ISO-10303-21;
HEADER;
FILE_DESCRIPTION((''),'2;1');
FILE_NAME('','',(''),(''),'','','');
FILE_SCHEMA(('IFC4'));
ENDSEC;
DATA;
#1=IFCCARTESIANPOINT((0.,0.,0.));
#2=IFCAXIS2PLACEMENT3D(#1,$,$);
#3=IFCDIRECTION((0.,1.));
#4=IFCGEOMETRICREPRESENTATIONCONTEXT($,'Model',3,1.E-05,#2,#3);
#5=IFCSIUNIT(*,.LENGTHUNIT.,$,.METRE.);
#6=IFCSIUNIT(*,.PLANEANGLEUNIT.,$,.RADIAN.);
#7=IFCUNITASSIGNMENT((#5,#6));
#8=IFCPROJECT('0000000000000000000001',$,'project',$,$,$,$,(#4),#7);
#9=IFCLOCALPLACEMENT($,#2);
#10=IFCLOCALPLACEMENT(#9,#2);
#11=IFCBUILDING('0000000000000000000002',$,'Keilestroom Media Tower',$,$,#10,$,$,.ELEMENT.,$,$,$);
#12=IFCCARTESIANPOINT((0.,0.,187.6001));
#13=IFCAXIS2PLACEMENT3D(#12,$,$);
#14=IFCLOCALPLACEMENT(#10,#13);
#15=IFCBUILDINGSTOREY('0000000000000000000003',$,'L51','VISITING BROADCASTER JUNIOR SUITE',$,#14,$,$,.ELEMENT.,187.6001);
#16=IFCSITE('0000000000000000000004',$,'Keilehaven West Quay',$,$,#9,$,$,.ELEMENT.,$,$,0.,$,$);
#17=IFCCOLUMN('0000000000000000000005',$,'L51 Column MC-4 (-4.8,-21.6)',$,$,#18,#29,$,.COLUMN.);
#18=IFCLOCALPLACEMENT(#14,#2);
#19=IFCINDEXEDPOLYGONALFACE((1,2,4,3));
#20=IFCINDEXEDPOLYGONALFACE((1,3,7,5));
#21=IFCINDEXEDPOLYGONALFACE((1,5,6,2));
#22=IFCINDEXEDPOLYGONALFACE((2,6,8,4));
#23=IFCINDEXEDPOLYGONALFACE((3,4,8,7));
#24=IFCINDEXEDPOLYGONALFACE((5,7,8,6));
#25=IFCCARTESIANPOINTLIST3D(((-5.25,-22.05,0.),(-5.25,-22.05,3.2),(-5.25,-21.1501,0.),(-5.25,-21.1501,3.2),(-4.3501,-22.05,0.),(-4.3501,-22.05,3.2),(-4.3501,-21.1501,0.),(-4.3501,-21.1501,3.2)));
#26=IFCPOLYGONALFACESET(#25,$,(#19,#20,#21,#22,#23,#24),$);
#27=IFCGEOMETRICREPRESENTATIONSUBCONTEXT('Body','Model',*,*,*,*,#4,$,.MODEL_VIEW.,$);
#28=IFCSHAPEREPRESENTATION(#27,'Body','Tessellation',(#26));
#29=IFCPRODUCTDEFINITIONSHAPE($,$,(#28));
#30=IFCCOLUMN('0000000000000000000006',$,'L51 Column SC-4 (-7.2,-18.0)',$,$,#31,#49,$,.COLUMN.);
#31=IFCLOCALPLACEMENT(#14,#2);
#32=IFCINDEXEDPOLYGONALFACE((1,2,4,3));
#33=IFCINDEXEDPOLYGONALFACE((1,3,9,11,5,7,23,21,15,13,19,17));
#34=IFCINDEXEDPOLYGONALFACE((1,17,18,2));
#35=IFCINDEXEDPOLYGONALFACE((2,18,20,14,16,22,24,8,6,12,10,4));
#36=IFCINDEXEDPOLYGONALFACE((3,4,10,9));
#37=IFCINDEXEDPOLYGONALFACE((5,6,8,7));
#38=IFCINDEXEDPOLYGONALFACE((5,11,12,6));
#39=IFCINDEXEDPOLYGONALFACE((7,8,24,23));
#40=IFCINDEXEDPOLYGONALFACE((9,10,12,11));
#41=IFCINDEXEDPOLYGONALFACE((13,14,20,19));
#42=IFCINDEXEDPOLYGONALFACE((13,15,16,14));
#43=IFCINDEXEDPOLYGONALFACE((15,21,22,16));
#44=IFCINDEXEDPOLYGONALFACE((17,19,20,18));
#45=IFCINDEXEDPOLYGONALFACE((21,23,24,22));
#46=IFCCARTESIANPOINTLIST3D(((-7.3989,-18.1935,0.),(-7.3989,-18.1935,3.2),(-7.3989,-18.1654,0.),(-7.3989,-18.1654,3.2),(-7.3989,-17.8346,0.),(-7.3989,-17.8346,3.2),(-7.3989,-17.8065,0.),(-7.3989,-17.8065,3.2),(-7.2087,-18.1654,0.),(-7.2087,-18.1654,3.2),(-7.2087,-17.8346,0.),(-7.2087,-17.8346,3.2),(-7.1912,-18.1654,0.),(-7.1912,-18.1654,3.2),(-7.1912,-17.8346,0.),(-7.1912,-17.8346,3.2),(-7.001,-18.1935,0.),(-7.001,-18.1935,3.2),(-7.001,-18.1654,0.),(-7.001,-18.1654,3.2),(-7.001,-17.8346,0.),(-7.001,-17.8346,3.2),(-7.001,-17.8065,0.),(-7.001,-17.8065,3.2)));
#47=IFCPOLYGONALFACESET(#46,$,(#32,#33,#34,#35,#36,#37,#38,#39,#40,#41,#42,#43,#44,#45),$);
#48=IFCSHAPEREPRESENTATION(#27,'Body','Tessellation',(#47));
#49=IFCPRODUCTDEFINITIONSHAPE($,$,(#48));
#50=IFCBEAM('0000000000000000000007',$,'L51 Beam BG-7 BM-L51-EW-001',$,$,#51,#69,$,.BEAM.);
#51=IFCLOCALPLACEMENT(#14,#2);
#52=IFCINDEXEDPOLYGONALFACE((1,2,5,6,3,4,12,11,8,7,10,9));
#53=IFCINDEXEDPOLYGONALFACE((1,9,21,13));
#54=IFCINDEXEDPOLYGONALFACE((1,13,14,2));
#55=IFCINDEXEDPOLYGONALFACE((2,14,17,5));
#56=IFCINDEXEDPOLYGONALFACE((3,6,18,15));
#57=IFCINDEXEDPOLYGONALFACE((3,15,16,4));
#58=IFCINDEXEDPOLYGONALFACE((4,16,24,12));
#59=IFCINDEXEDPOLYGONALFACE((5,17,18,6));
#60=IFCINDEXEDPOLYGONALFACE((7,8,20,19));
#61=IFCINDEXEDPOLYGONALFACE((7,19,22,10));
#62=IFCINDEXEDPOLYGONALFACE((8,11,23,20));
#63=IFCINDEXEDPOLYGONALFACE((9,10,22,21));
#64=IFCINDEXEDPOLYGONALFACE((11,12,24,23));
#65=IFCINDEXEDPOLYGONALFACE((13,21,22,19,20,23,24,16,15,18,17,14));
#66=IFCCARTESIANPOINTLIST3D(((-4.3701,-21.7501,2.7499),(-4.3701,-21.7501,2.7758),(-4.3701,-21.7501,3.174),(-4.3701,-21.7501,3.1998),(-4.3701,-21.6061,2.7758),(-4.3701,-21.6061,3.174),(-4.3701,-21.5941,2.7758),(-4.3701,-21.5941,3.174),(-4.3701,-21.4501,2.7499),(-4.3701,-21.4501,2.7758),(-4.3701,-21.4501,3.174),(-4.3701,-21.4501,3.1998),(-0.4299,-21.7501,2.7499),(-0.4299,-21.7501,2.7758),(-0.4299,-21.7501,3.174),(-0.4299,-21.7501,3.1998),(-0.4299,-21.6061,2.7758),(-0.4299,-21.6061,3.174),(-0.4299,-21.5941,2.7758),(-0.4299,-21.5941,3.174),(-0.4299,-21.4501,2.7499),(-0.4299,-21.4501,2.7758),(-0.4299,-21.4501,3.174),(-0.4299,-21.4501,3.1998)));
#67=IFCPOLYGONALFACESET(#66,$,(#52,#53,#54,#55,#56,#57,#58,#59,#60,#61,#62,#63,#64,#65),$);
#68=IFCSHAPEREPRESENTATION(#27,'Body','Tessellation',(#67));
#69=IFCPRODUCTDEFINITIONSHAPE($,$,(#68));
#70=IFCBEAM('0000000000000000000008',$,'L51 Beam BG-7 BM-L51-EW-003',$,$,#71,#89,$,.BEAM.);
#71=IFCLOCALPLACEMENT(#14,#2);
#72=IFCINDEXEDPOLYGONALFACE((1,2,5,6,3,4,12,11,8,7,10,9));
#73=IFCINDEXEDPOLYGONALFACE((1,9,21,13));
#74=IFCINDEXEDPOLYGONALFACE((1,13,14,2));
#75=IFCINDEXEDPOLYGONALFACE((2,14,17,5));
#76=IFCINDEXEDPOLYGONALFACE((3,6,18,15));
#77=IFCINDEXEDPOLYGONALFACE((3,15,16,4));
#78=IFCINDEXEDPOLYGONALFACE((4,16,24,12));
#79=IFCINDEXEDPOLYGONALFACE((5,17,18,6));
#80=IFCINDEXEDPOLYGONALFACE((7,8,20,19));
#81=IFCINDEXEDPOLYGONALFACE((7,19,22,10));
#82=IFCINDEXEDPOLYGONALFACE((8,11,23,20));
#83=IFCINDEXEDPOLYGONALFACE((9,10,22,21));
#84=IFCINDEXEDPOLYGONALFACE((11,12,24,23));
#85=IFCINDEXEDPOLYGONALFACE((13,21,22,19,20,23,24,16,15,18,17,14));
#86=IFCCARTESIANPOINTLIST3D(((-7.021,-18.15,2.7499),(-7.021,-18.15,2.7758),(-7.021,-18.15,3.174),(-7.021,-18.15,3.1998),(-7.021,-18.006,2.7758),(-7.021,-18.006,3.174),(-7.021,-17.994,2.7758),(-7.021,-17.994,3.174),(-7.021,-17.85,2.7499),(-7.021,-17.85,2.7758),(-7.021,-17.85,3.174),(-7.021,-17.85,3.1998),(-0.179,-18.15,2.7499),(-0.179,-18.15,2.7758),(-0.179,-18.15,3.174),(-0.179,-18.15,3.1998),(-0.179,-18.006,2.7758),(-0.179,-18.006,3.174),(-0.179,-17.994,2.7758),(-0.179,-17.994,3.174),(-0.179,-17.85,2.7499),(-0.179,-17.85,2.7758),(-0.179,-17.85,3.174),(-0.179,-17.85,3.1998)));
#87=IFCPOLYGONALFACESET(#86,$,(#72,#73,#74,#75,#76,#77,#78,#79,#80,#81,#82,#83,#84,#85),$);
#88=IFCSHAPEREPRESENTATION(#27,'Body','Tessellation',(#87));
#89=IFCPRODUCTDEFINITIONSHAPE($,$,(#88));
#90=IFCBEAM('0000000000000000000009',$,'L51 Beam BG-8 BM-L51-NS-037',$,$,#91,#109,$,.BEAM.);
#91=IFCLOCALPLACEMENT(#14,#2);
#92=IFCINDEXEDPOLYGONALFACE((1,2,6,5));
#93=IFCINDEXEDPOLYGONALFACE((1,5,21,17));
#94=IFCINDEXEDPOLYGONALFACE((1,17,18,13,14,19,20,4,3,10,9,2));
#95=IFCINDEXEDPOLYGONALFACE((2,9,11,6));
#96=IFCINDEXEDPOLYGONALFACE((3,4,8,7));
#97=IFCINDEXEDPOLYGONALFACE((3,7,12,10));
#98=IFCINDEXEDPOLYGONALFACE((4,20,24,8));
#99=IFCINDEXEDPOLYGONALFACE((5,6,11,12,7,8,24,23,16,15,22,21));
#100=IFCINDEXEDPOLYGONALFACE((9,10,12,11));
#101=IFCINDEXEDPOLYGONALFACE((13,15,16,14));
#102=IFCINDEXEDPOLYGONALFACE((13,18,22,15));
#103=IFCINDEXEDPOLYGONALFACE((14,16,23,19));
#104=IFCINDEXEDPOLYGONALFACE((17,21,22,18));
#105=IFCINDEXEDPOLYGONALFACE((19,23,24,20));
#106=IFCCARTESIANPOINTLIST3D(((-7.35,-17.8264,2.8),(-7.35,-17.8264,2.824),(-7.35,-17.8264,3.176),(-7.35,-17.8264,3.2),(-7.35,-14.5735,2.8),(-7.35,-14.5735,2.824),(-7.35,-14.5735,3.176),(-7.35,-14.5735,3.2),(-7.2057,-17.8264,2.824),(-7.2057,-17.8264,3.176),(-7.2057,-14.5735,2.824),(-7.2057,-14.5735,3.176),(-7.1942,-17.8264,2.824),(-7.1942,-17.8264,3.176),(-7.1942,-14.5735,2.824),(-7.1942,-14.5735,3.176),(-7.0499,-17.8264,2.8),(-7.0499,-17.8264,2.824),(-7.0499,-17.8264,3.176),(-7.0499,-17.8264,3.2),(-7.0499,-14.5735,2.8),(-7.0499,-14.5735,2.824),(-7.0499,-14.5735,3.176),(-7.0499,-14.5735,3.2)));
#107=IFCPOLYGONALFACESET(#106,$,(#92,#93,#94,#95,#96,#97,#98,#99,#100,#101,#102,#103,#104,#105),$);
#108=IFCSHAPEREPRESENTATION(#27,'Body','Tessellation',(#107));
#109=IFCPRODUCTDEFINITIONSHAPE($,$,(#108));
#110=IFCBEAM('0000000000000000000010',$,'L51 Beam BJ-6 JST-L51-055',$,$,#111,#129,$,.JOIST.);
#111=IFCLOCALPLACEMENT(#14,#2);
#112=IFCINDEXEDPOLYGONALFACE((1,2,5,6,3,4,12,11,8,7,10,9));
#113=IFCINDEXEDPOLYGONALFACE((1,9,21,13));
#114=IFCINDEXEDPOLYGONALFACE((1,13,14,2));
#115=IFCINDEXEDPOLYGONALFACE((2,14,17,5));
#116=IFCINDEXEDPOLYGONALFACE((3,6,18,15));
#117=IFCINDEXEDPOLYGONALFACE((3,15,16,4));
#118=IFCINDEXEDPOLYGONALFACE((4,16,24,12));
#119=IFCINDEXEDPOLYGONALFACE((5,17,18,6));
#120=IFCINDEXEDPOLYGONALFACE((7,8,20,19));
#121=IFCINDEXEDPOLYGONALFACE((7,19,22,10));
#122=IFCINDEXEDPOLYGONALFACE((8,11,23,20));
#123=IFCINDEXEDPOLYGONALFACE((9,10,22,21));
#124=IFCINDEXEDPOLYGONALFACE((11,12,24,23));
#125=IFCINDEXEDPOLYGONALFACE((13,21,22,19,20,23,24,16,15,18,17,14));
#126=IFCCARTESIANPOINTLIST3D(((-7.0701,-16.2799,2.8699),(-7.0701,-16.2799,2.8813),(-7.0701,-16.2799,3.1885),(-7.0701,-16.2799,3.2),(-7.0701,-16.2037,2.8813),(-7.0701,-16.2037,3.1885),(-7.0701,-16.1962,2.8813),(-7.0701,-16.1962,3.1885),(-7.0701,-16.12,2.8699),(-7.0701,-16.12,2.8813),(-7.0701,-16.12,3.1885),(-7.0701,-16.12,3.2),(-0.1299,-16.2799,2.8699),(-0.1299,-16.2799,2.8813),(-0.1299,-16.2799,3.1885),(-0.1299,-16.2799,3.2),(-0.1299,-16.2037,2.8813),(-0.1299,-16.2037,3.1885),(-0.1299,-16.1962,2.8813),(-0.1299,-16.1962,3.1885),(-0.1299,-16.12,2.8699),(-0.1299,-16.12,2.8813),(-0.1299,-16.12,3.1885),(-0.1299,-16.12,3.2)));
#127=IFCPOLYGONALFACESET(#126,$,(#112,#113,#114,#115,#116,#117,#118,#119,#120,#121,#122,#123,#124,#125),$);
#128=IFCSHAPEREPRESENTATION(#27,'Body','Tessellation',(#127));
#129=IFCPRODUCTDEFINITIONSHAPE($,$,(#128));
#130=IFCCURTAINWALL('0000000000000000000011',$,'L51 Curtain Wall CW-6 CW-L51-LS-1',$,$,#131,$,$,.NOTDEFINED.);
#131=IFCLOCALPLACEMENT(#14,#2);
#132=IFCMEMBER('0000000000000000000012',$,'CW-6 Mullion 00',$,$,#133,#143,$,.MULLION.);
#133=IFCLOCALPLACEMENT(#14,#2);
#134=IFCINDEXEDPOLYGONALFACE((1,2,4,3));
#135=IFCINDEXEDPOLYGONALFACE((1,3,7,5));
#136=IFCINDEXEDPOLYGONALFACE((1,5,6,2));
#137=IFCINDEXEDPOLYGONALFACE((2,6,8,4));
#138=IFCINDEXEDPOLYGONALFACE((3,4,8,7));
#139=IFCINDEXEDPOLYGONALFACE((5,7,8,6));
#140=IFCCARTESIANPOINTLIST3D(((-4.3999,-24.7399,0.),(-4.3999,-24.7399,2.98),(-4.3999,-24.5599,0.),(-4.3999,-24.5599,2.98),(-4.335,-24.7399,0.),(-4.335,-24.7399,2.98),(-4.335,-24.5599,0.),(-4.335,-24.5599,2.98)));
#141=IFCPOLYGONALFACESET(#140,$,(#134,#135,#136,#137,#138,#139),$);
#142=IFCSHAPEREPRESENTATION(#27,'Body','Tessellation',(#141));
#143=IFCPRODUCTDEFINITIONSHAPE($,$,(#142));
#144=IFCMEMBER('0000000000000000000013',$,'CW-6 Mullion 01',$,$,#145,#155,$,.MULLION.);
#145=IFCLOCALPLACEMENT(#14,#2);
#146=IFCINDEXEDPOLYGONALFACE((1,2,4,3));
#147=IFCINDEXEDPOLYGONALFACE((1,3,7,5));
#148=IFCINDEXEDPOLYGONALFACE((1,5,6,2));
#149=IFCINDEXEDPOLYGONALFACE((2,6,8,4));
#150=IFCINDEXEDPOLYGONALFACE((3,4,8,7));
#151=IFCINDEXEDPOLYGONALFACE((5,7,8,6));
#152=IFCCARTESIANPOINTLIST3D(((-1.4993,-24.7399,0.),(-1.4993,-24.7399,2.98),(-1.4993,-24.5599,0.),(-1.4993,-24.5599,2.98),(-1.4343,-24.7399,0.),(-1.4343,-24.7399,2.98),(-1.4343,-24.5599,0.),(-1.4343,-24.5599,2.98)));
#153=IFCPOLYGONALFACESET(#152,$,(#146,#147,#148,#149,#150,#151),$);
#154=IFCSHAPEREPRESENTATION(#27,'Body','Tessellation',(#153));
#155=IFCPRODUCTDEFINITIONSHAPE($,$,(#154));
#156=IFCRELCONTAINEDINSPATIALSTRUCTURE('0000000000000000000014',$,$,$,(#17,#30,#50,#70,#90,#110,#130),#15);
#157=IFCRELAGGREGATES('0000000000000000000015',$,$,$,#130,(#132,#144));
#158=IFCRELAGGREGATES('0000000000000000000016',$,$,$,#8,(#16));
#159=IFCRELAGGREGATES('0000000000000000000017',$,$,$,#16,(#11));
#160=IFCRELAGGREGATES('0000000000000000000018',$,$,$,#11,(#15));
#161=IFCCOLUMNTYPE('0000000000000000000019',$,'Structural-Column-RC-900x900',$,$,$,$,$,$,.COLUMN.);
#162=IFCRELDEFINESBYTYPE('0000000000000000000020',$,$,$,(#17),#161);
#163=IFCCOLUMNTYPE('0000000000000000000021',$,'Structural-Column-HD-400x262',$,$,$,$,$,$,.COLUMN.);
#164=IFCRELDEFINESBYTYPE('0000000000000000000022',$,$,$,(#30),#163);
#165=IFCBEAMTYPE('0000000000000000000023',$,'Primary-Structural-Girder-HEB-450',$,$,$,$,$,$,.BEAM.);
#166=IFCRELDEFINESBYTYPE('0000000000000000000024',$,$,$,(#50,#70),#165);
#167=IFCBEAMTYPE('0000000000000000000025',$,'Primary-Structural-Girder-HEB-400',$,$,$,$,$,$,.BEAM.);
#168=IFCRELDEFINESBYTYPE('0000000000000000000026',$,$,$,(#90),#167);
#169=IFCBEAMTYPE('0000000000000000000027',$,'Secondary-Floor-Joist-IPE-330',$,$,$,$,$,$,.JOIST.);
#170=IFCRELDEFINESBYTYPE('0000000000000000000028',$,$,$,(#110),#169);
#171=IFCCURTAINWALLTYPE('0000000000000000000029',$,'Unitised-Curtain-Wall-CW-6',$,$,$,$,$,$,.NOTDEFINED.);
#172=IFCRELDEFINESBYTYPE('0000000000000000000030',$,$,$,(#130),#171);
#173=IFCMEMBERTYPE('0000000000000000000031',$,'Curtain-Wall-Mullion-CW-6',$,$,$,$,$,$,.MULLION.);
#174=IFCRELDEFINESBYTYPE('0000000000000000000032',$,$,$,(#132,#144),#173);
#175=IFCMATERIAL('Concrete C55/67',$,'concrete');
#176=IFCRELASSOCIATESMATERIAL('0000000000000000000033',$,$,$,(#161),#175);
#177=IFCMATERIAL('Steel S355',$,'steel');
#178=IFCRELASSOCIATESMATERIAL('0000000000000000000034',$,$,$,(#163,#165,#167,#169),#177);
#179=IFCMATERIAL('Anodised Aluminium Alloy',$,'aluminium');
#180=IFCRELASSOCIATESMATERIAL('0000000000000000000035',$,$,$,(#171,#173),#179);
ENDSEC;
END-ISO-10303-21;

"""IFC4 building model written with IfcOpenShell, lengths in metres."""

from ifc_helpers import new_model, si_unit, direction, frame, origin, origin_2d, place, context, subcontext, project, spatial, rectangle, i_section, extrude, source, transform, mapped, material, material_profile, profile_set, type_object, element, aggregate, save


model = new_model("IFC4")

# Units and contexts
model_context = context("Model", 3, precision=1e-05, world=origin(), true_north=direction((0.0, 1.0)))
body_context = subcontext(model_context, "Body", "Model", "MODEL_VIEW")
ifc_project = project(units=[si_unit("LENGTHUNIT", "METRE"), si_unit("PLANEANGLEUNIT", "RADIAN")], contexts=[model_context])

# Site, building, storey
site_placement = place(None, origin())
site = spatial("IfcSite", under=ifc_project, at=site_placement, Name="Keilehaven West Quay", CompositionType="ELEMENT", RefElevation=0.0)
building_placement = place(site_placement, origin())
building = spatial("IfcBuilding", under=site, at=building_placement, Name="Keilestroom Media Tower", CompositionType="ELEMENT")
storey_placement = place(building_placement, frame((0.0, 0.0, 187.6001)))
storey = spatial("IfcBuildingStorey", under=building, at=storey_placement, Name="L51", Description="VISITING BROADCASTER JUNIOR SUITE", CompositionType="ELEMENT", Elevation=187.6001)

# Columns
ifc_material_1 = material(Name="Concrete C55/67", Category="concrete")
ifc_material_profile_1 = material_profile(ifc_material_1, rectangle(XDim=0.8999, YDim=0.8999, at=origin_2d()), Name="RC 900x900")
ifc_profile_set_1 = profile_set([ifc_material_profile_1], Name="Concrete C55/67")
column_type_1 = type_object("IfcColumnType", Name="Structural-Column-RC-900x900", PredefinedType="COLUMN", material=ifc_profile_set_1)
shared_shape_1 = source(origin(), body_context, "Body", "SweptSolid", [
    extrude(rectangle(XDim=0.8999, YDim=0.8999, at=origin_2d()), origin(), (0.0, 0.0, 1.0), 3.2),
])
column_1_placement = place(storey_placement, frame((-4.8, -21.6001, 0.0), z_axis=(0.0, 0.0, 1.0), x_axis=(1.0, 0.0, 0.0)))
element("IfcColumn", 1, at=column_1_placement, inside=storey, type_object=column_type_1, Name="L51 Column MC-4 (-4.8,-21.6)", PredefinedType="COLUMN", context=body_context, shape_type="MappedRepresentation", body=[
    mapped(shared_shape_1, transform((0.0, 0.0, 0.0), x_axis=(1.0, 0.0, 0.0), y_axis=(0.0, 1.0, 0.0), z_axis=(0.0, 0.0, 1.0), scale=1.0)),
])
ifc_material_2 = material(Name="Steel S355", Category="steel")
ifc_material_profile_2 = material_profile(ifc_material_2, i_section(OverallWidth=0.3979, OverallDepth=0.387, WebThickness=0.0176, FlangeThickness=0.0281, at=origin_2d()), Name="HD 400x262")
ifc_profile_set_2 = profile_set([ifc_material_profile_2], Name="Steel S355")
column_type_2 = type_object("IfcColumnType", Name="Structural-Column-HD-400x262", PredefinedType="COLUMN", material=ifc_profile_set_2)
shared_shape_2 = source(origin(), body_context, "Body", "SweptSolid", [
    extrude(i_section(OverallWidth=0.3979, OverallDepth=0.387, WebThickness=0.0176, FlangeThickness=0.0281, at=origin_2d()), origin(), (0.0, 0.0, 1.0), 3.2),
])
column_2_placement = place(storey_placement, frame((-7.2, -18.0, 0.0), z_axis=(0.0, 0.0, 1.0), x_axis=(1.0, 0.0, 0.0)))
element("IfcColumn", 2, at=column_2_placement, inside=storey, type_object=column_type_2, Name="L51 Column SC-4 (-7.2,-18.0)", PredefinedType="COLUMN", context=body_context, shape_type="MappedRepresentation", body=[
    mapped(shared_shape_2, transform((0.0, 0.0, 0.0), x_axis=(1.0, 0.0, 0.0), y_axis=(0.0, 1.0, 0.0), z_axis=(0.0, 0.0, 1.0), scale=1.0)),
])

# Beams
ifc_material_profile_3 = material_profile(ifc_material_2, i_section(OverallWidth=0.3, OverallDepth=0.45, WebThickness=0.012, FlangeThickness=0.0259, at=origin_2d()), Name="HEB 450")
ifc_profile_set_3 = profile_set([ifc_material_profile_3], Name="Steel S355")
beam_type_1 = type_object("IfcBeamType", Name="Primary-Structural-Girder-HEB-450", PredefinedType="BEAM", material=ifc_profile_set_3)
shared_shape_3 = source(origin(), body_context, "Body", "SweptSolid", [
    extrude(i_section(OverallWidth=0.3, OverallDepth=0.45, WebThickness=0.012, FlangeThickness=0.0259, at=origin_2d()), origin(), (0.0, 0.0, 1.0), 3.9402),
])
beam_1_placement = place(storey_placement, frame((-4.3701, -21.6001, 2.9749), z_axis=(1.0, 0.0, 0.0), x_axis=(0.0, 1.0, 0.0)))
element("IfcBeam", 3, at=beam_1_placement, inside=storey, type_object=beam_type_1, Name="L51 Beam BG-7 BM-L51-EW-001", PredefinedType="BEAM", context=body_context, shape_type="MappedRepresentation", body=[
    mapped(shared_shape_3, transform((0.0, 0.0, 0.0), x_axis=(1.0, 0.0, 0.0), y_axis=(0.0, 1.0, 0.0), z_axis=(0.0, 0.0, 1.0), scale=1.0)),
])
shared_shape_4 = source(origin(), body_context, "Body", "SweptSolid", [
    extrude(i_section(OverallWidth=0.3, OverallDepth=0.45, WebThickness=0.012, FlangeThickness=0.0259, at=origin_2d()), origin(), (0.0, 0.0, 1.0), 6.842),
])
beam_2_placement = place(storey_placement, frame((-7.021, -18.0, 2.9749), z_axis=(1.0, 0.0, 0.0), x_axis=(0.0, 1.0, 0.0)))
element("IfcBeam", 4, at=beam_2_placement, inside=storey, type_object=beam_type_1, Name="L51 Beam BG-7 BM-L51-EW-003", PredefinedType="BEAM", context=body_context, shape_type="MappedRepresentation", body=[
    mapped(shared_shape_4, transform((0.0, 0.0, 0.0), x_axis=(1.0, 0.0, 0.0), y_axis=(0.0, 1.0, 0.0), z_axis=(0.0, 0.0, 1.0), scale=1.0)),
])
ifc_material_profile_4 = material_profile(ifc_material_2, i_section(OverallWidth=0.3, OverallDepth=0.3999, WebThickness=0.0115, FlangeThickness=0.0239, at=origin_2d()), Name="HEB 400")
ifc_profile_set_4 = profile_set([ifc_material_profile_4], Name="Steel S355")
beam_type_2 = type_object("IfcBeamType", Name="Primary-Structural-Girder-HEB-400", PredefinedType="BEAM", material=ifc_profile_set_4)
shared_shape_5 = source(origin(), body_context, "Body", "SweptSolid", [
    extrude(i_section(OverallWidth=0.3, OverallDepth=0.3999, WebThickness=0.0115, FlangeThickness=0.0239, at=origin_2d()), origin(), (0.0, 0.0, 1.0), 3.2529),
])
beam_3_placement = place(storey_placement, frame((-7.2, -17.8264, 3.0), z_axis=(0.0, 1.0, 0.0), x_axis=(-1.0, 0.0, 0.0)))
element("IfcBeam", 5, at=beam_3_placement, inside=storey, type_object=beam_type_2, Name="L51 Beam BG-8 BM-L51-NS-037", PredefinedType="BEAM", context=body_context, shape_type="MappedRepresentation", body=[
    mapped(shared_shape_5, transform((0.0, 0.0, 0.0), x_axis=(1.0, 0.0, 0.0), y_axis=(0.0, 1.0, 0.0), z_axis=(0.0, 0.0, 1.0), scale=1.0)),
])
ifc_material_profile_5 = material_profile(ifc_material_2, i_section(OverallWidth=0.1599, OverallDepth=0.3301, WebThickness=0.0076, FlangeThickness=0.0115, at=origin_2d()), Name="IPE 330")
ifc_profile_set_5 = profile_set([ifc_material_profile_5], Name="Steel S355")
beam_type_3 = type_object("IfcBeamType", Name="Secondary-Floor-Joist-IPE-330", PredefinedType="JOIST", material=ifc_profile_set_5)
shared_shape_6 = source(origin(), body_context, "Body", "SweptSolid", [
    extrude(i_section(OverallWidth=0.1599, OverallDepth=0.3301, WebThickness=0.0076, FlangeThickness=0.0115, at=origin_2d()), origin(), (0.0, 0.0, 1.0), 6.9402),
])
beam_4_placement = place(storey_placement, frame((-7.0701, -16.2, 3.0349), z_axis=(1.0, 0.0, 0.0), x_axis=(0.0, 1.0, 0.0)))
element("IfcBeam", 6, at=beam_4_placement, inside=storey, type_object=beam_type_3, Name="L51 Beam BJ-6 JST-L51-055", PredefinedType="JOIST", context=body_context, shape_type="MappedRepresentation", body=[
    mapped(shared_shape_6, transform((0.0, 0.0, 0.0), x_axis=(1.0, 0.0, 0.0), y_axis=(0.0, 1.0, 0.0), z_axis=(0.0, 0.0, 1.0), scale=1.0)),
])

# Curtain wall, members
ifc_material_3 = material(Name="Anodised Aluminium Alloy", Category="aluminium")
curtain_wall_type = type_object("IfcCurtainWallType", Name="Unitised-Curtain-Wall-CW-6", PredefinedType="NOTDEFINED", material=ifc_material_3)
curtain_wall_placement = place(storey_placement, origin())
curtain_wall = element("IfcCurtainWall", 7, at=curtain_wall_placement, inside=storey, type_object=curtain_wall_type, Name="L51 Curtain Wall CW-6 CW-L51-LS-1", PredefinedType="NOTDEFINED")
ifc_material_profile_6 = material_profile(ifc_material_3, rectangle(XDim=0.0649, YDim=0.1799, at=origin_2d()), Name="ALU MULLION 65x180")
ifc_profile_set_6 = profile_set([ifc_material_profile_6], Name="Anodised Aluminium Alloy")
member_type_1 = type_object("IfcMemberType", Name="Curtain-Wall-Mullion-CW-6", PredefinedType="MULLION", material=ifc_profile_set_6)
shared_shape_7 = source(origin(), body_context, "Body", "SweptSolid", [
    extrude(rectangle(XDim=0.0649, YDim=0.1799, at=origin_2d()), origin(), (0.0, 0.0, 1.0), 2.98),
])
member_1_placement = place(storey_placement, frame((-4.3674, -24.6499, 0.0), z_axis=(0.0, 0.0, 1.0), x_axis=(1.0, 0.0, 0.0)))
member_1 = element("IfcMember", 8, at=member_1_placement, type_object=member_type_1, Name="CW-6 Mullion 00", PredefinedType="MULLION", context=body_context, shape_type="MappedRepresentation", body=[
    mapped(shared_shape_7, transform((0.0, 0.0, 0.0), x_axis=(1.0, 0.0, 0.0), y_axis=(0.0, 1.0, 0.0), z_axis=(0.0, 0.0, 1.0), scale=1.0)),
])
member_2_placement = place(storey_placement, frame((-1.4668, -24.6499, 0.0), z_axis=(0.0, 0.0, 1.0), x_axis=(1.0, 0.0, 0.0)))
member_2 = element("IfcMember", 9, at=member_2_placement, type_object=member_type_1, Name="CW-6 Mullion 01", PredefinedType="MULLION", context=body_context, shape_type="MappedRepresentation", body=[
    mapped(shared_shape_7, transform((0.0, 0.0, 0.0), x_axis=(1.0, 0.0, 0.0), y_axis=(0.0, 1.0, 0.0), z_axis=(0.0, 0.0, 1.0), scale=1.0)),
])
aggregate(curtain_wall, [member_1, member_2])

save(model, "model.ifc")
